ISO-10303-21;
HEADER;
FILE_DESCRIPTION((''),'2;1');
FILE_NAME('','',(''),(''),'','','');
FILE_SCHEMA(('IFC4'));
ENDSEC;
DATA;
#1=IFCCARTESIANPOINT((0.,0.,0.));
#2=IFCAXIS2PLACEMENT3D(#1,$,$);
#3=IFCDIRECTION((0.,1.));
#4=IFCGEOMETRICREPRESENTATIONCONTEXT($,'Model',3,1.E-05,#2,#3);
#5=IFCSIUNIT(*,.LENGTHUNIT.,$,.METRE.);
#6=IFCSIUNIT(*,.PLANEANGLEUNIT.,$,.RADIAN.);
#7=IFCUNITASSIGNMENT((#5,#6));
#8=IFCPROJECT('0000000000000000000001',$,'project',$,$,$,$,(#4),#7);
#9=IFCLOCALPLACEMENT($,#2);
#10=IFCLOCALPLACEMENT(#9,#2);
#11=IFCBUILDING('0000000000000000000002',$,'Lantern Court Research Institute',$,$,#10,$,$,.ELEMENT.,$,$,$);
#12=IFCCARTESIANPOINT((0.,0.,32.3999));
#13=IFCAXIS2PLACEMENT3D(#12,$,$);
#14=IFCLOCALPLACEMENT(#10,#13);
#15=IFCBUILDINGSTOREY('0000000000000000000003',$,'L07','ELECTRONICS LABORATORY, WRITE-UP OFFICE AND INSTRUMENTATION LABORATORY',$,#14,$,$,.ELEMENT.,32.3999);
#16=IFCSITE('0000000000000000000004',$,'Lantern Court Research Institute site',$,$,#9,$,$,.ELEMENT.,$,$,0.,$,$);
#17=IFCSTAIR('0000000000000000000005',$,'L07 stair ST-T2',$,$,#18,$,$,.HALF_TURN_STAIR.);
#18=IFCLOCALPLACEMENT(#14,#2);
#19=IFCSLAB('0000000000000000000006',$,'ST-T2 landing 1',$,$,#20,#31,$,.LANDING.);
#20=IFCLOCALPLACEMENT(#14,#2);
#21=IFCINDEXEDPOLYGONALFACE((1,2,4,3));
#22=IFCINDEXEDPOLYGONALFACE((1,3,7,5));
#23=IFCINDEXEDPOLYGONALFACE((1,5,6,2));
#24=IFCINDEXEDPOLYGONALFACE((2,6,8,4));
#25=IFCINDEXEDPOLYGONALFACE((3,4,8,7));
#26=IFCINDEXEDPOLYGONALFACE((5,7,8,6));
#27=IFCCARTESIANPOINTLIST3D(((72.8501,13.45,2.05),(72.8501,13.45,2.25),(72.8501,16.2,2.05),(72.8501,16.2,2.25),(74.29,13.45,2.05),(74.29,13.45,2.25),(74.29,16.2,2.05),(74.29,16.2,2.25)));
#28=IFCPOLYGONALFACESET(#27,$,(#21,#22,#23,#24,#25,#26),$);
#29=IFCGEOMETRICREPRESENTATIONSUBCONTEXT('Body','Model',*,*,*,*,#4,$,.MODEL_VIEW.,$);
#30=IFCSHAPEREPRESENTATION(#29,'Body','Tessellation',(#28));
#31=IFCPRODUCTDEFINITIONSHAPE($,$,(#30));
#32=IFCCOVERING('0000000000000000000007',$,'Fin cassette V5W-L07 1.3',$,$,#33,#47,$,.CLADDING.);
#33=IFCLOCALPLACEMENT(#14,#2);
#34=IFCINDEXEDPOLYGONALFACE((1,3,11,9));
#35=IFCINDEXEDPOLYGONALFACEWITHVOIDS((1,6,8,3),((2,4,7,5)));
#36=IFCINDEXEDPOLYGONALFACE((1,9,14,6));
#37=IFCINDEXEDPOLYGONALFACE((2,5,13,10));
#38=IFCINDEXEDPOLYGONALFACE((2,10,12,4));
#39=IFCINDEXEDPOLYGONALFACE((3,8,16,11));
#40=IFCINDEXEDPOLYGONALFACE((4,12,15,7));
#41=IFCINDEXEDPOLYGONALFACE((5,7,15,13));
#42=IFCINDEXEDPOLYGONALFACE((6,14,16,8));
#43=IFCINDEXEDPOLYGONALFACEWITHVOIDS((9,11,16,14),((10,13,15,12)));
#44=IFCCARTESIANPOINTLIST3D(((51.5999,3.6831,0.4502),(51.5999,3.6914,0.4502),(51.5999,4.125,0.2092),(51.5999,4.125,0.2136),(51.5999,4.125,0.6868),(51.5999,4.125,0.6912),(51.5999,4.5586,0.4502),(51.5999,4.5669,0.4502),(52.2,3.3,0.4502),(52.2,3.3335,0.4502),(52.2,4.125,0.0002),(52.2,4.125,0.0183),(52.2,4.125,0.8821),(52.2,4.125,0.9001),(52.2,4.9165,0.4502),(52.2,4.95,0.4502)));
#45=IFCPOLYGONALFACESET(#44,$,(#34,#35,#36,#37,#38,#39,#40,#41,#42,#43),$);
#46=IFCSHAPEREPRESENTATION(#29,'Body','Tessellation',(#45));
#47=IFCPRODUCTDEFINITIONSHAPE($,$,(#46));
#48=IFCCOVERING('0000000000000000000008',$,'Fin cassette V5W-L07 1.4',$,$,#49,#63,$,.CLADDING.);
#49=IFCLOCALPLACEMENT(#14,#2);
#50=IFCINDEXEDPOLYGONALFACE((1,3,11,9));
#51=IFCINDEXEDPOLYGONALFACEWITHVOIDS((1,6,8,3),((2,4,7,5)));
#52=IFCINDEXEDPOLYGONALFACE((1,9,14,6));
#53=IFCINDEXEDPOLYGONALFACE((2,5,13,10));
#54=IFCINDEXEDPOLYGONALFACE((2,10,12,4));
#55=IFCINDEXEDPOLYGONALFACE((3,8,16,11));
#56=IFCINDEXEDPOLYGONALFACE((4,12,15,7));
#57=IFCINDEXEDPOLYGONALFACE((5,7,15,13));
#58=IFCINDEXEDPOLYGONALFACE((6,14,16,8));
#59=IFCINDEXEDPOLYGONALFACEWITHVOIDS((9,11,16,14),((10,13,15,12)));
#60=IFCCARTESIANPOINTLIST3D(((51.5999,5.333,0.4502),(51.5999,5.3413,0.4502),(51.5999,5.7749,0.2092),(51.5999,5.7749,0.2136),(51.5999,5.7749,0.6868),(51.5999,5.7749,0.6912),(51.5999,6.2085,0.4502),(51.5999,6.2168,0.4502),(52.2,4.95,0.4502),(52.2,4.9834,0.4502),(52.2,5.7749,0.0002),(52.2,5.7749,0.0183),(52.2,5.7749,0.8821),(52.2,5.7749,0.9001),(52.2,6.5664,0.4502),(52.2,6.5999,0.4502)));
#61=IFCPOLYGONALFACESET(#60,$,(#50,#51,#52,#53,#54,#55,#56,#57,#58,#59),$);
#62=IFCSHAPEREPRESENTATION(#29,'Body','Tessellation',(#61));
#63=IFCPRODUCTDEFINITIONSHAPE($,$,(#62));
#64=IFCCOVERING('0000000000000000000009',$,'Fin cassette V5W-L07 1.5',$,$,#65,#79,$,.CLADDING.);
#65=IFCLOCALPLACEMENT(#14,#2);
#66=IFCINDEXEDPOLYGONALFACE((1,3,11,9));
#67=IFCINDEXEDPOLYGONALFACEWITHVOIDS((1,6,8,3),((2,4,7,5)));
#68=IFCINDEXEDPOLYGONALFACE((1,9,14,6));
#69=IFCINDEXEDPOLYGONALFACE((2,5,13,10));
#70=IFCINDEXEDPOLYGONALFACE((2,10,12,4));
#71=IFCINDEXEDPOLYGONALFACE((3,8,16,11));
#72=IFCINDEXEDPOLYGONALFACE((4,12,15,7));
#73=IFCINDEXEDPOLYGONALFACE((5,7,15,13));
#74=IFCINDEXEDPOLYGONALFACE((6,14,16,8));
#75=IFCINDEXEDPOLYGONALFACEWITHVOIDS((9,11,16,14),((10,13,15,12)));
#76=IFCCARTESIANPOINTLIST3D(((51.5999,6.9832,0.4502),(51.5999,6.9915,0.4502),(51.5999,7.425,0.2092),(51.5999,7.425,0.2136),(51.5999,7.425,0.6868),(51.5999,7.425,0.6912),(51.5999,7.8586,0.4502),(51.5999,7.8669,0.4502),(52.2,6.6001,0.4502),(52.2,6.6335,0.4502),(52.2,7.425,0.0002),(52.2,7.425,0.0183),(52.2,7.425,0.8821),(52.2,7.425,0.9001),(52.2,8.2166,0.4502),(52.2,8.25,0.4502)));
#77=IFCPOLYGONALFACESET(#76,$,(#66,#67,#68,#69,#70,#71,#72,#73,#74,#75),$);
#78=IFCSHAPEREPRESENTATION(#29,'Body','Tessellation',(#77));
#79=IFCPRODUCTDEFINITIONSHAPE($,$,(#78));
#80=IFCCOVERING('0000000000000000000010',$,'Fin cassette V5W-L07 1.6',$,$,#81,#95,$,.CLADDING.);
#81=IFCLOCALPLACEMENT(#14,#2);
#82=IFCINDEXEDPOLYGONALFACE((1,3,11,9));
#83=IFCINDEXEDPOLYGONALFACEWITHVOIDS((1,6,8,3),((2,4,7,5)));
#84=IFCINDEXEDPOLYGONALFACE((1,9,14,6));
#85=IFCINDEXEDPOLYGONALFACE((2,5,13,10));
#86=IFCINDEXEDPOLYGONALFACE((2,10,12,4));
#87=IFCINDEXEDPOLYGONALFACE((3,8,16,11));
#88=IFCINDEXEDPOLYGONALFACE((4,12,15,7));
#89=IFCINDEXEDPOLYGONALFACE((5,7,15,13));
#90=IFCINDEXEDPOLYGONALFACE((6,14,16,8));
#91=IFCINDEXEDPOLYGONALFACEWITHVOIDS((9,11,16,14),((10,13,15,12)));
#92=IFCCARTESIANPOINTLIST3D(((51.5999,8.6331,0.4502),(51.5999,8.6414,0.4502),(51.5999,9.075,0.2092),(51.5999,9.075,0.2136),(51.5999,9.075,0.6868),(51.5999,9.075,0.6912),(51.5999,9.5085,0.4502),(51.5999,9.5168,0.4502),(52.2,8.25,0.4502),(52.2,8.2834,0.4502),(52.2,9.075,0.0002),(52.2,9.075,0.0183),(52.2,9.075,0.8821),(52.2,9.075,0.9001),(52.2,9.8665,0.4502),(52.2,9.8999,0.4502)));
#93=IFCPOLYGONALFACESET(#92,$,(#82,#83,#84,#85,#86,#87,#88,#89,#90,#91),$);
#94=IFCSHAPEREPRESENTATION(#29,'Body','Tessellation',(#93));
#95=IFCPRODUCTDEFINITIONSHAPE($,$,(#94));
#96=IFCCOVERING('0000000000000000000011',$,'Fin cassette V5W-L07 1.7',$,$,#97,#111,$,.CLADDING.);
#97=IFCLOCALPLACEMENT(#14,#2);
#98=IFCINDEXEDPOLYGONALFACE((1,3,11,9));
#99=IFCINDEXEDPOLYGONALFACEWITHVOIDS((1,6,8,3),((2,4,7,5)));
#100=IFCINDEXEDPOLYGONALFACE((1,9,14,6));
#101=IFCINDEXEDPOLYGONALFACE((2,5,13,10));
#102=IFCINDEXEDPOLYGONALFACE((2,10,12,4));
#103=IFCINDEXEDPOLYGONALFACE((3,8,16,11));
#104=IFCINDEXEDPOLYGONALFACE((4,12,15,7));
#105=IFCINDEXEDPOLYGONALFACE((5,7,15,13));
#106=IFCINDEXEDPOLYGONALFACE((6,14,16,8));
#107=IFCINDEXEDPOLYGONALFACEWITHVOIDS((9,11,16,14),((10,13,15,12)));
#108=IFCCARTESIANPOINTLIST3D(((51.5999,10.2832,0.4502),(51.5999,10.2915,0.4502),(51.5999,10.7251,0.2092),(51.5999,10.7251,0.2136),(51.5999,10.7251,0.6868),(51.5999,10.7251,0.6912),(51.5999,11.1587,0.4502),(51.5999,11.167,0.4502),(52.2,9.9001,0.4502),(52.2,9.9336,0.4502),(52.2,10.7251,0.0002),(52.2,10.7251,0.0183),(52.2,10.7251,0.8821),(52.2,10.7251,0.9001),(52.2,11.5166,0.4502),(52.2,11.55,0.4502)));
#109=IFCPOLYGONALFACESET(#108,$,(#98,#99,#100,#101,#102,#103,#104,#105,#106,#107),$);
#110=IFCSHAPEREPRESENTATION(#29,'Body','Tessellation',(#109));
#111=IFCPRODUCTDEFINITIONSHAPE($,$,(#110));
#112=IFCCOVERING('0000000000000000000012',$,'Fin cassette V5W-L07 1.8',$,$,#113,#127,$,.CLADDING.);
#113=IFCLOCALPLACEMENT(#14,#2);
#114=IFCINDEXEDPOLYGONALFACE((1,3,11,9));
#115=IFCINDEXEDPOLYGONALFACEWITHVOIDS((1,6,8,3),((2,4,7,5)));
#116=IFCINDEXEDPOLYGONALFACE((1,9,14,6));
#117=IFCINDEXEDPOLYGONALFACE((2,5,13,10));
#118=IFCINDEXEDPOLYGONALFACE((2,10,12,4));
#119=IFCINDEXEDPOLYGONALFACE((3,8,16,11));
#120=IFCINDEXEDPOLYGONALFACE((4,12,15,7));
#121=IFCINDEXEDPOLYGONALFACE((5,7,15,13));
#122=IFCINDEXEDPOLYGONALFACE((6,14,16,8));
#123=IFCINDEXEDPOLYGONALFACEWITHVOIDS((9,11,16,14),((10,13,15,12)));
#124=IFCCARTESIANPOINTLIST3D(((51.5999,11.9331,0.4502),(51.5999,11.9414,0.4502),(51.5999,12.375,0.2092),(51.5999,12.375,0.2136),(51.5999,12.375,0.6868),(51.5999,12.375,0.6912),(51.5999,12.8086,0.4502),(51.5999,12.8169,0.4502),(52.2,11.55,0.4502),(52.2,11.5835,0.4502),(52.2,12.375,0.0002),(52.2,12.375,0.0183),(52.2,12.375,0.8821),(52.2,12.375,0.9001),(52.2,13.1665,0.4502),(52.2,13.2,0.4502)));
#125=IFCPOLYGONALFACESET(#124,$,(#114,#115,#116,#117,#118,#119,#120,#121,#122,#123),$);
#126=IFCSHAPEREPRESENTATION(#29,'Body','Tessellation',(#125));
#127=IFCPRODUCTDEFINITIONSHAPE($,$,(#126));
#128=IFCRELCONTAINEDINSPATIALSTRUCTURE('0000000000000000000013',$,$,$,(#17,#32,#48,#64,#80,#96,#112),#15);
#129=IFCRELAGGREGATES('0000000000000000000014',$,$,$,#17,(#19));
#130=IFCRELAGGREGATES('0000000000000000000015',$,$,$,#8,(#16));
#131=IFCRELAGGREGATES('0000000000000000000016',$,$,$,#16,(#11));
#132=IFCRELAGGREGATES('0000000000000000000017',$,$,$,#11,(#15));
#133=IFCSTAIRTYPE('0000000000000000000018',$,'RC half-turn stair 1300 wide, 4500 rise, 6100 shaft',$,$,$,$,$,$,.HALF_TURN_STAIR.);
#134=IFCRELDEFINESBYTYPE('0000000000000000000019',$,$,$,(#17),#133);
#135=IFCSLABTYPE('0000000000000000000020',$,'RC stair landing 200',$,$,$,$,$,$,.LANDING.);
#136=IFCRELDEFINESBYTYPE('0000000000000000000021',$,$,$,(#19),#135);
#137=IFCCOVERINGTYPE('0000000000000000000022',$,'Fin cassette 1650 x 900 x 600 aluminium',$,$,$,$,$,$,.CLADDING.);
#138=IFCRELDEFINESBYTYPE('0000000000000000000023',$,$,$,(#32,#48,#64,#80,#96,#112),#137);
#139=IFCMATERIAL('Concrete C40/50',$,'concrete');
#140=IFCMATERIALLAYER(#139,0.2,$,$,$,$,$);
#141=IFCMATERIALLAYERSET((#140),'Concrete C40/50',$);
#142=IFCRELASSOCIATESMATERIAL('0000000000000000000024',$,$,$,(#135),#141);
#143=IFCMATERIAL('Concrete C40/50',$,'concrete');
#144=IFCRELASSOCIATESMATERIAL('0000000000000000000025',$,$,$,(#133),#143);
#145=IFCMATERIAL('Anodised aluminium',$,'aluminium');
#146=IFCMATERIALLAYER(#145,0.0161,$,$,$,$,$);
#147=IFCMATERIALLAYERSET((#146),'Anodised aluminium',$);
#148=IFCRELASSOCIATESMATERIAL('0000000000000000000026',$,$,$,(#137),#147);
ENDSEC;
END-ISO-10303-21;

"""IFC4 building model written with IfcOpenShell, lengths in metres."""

from ifc_helpers import new_model, entity, si_unit, direction, frame, origin, place, context, subcontext, project, spatial, polyline, outline, extrude, material, layer, layer_set, type_object, element, aggregate, save


model = new_model("IFC4")

# Units and contexts
model_context = context("Model", 3, precision=1e-05, world=origin(), true_north=direction((0.0, 1.0)))
body_context = subcontext(model_context, "Body", "Model", "MODEL_VIEW")
ifc_project = project(units=[si_unit("LENGTHUNIT", "METRE"), si_unit("PLANEANGLEUNIT", "RADIAN")], contexts=[model_context])

# Site, building, storey
site_placement = place(None, origin())
site = spatial("IfcSite", under=ifc_project, at=site_placement, Name="Lantern Court Research Institute site", CompositionType="ELEMENT", RefElevation=0.0)
building_placement = place(site_placement, origin())
building = spatial("IfcBuilding", under=site, at=building_placement, Name="Lantern Court Research Institute", CompositionType="ELEMENT")
storey_placement = place(building_placement, frame((0.0, 0.0, 32.3999)))
storey = spatial("IfcBuildingStorey", under=building, at=storey_placement, Name="L07", Description="ELECTRONICS LABORATORY, WRITE-UP OFFICE AND INSTRUMENTATION LABORATORY", CompositionType="ELEMENT", Elevation=32.3999)

# Stair, slab
ifc_material_1 = material(Name="Concrete C40/50", Category="concrete")
ifc_layer_1 = layer(ifc_material_1, 0.2)
ifc_layer_set_1 = layer_set([ifc_layer_1], Name="Concrete C40/50")
slab_type_1 = type_object("IfcSlabType", Name="RC stair landing 200", PredefinedType="LANDING", material=ifc_layer_set_1)
ifc_material_2 = material(Name="Concrete C40/50", Category="concrete")
stair_type_1 = type_object("IfcStairType", Name="RC half-turn stair 1300 wide, 4500 rise, 6100 shaft", PredefinedType="HALF_TURN_STAIR", material=ifc_material_2)
stair_1_placement = place(storey_placement, origin())
stair_1 = element("IfcStair", 1, at=stair_1_placement, inside=storey, type_object=stair_type_1, Name="L07 stair ST-T2", PredefinedType="HALF_TURN_STAIR")
slab_1_placement = place(storey_placement, frame((0.0, 0.0, 2.05)))
slab_1 = element("IfcSlab", 2, at=slab_1_placement, type_object=slab_type_1, Name="ST-T2 landing 1", PredefinedType="LANDING", context=body_context, shape_type="SweptSolid", body=[
    extrude(outline(polyline([(74.29, 16.2), (72.8501, 16.2), (72.8501, 13.45), (74.29, 13.45), (74.29, 16.2)])), origin(), (0.0, 0.0, 1.0), 0.2),
])
aggregate(stair_1, [slab_1])

# Coverings
ifc_material_3 = material(Name="Anodised aluminium", Category="aluminium")
ifc_layer_2 = layer(ifc_material_3, 0.0161)
ifc_layer_set_2 = layer_set([ifc_layer_2], Name="Anodised aluminium")
covering_type = type_object("IfcCoveringType", Name="Fin cassette 1650 x 900 x 600 aluminium", PredefinedType="CLADDING", material=ifc_layer_set_2)
covering_1_placement = place(storey_placement, frame((52.2, 4.125, 0.4502), z_axis=(-1.0, 0.0, 0.0), x_axis=(0.0, -1.0, 0.0)))
cartesian_point_1 = entity("IfcCartesianPoint", [0.825, 0.0])
cartesian_point_2 = entity("IfcCartesianPoint", [0.7915, 0.0])
cartesian_point_3 = entity("IfcCartesianPoint", [0.4419, 0.0])
cartesian_point_4 = entity("IfcCartesianPoint", [0.4336, 0.0])
element("IfcCovering", 3, at=covering_1_placement, inside=storey, type_object=covering_type, Name="Fin cassette V5W-L07 1.3", PredefinedType="CLADDING", context=body_context, shape_type="SweptSolid", body=[
    entity("IfcExtrudedAreaSolidTapered", entity("IfcArbitraryProfileDefWithVoids", "AREA", None, entity("IfcPolyline", [cartesian_point_1, entity("IfcCartesianPoint", [0.0, 0.45]), entity("IfcCartesianPoint", [-0.825, 0.0]), entity("IfcCartesianPoint", [0.0, -0.45]), cartesian_point_1]), [entity("IfcPolyline", [cartesian_point_2, entity("IfcCartesianPoint", [0.0, 0.4319]), entity("IfcCartesianPoint", [-0.7915, 0.0]), entity("IfcCartesianPoint", [0.0, -0.4319]), cartesian_point_2])]), entity("IfcAxis2Placement3D", entity("IfcCartesianPoint", [0.0, 0.0, 0.0])), entity("IfcDirection", [0.0, 0.0, 1.0]), 0.6001, entity("IfcArbitraryProfileDefWithVoids", "AREA", None, entity("IfcPolyline", [cartesian_point_3, entity("IfcCartesianPoint", [0.0, 0.241]), entity("IfcCartesianPoint", [-0.4419, 0.0]), entity("IfcCartesianPoint", [0.0, -0.241]), cartesian_point_3]), [entity("IfcPolyline", [cartesian_point_4, entity("IfcCartesianPoint", [0.0, 0.2366]), entity("IfcCartesianPoint", [-0.4336, 0.0]), entity("IfcCartesianPoint", [0.0, -0.2366]), cartesian_point_4])])),
])
covering_2_placement = place(storey_placement, frame((52.2, 5.7749, 0.4502), z_axis=(-1.0, 0.0, 0.0), x_axis=(0.0, -1.0, 0.0)))
cartesian_point_5 = entity("IfcCartesianPoint", [0.825, 0.0])
cartesian_point_6 = entity("IfcCartesianPoint", [0.7915, 0.0])
cartesian_point_7 = entity("IfcCartesianPoint", [0.4419, 0.0])
cartesian_point_8 = entity("IfcCartesianPoint", [0.4336, 0.0])
element("IfcCovering", 4, at=covering_2_placement, inside=storey, type_object=covering_type, Name="Fin cassette V5W-L07 1.4", PredefinedType="CLADDING", context=body_context, shape_type="SweptSolid", body=[
    entity("IfcExtrudedAreaSolidTapered", entity("IfcArbitraryProfileDefWithVoids", "AREA", None, entity("IfcPolyline", [cartesian_point_5, entity("IfcCartesianPoint", [0.0, 0.45]), entity("IfcCartesianPoint", [-0.825, 0.0]), entity("IfcCartesianPoint", [0.0, -0.45]), cartesian_point_5]), [entity("IfcPolyline", [cartesian_point_6, entity("IfcCartesianPoint", [0.0, 0.4319]), entity("IfcCartesianPoint", [-0.7915, 0.0]), entity("IfcCartesianPoint", [0.0, -0.4319]), cartesian_point_6])]), entity("IfcAxis2Placement3D", entity("IfcCartesianPoint", [0.0, 0.0, 0.0])), entity("IfcDirection", [0.0, 0.0, 1.0]), 0.6001, entity("IfcArbitraryProfileDefWithVoids", "AREA", None, entity("IfcPolyline", [cartesian_point_7, entity("IfcCartesianPoint", [0.0, 0.241]), entity("IfcCartesianPoint", [-0.4419, 0.0]), entity("IfcCartesianPoint", [0.0, -0.241]), cartesian_point_7]), [entity("IfcPolyline", [cartesian_point_8, entity("IfcCartesianPoint", [0.0, 0.2366]), entity("IfcCartesianPoint", [-0.4336, 0.0]), entity("IfcCartesianPoint", [0.0, -0.2366]), cartesian_point_8])])),
])
covering_3_placement = place(storey_placement, frame((52.2, 7.425, 0.4502), z_axis=(-1.0, 0.0, 0.0), x_axis=(0.0, -1.0, 0.0)))
cartesian_point_9 = entity("IfcCartesianPoint", [0.825, 0.0])
cartesian_point_10 = entity("IfcCartesianPoint", [0.7915, 0.0])
cartesian_point_11 = entity("IfcCartesianPoint", [0.4419, 0.0])
cartesian_point_12 = entity("IfcCartesianPoint", [0.4336, 0.0])
element("IfcCovering", 5, at=covering_3_placement, inside=storey, type_object=covering_type, Name="Fin cassette V5W-L07 1.5", PredefinedType="CLADDING", context=body_context, shape_type="SweptSolid", body=[
    entity("IfcExtrudedAreaSolidTapered", entity("IfcArbitraryProfileDefWithVoids", "AREA", None, entity("IfcPolyline", [cartesian_point_9, entity("IfcCartesianPoint", [0.0, 0.45]), entity("IfcCartesianPoint", [-0.825, 0.0]), entity("IfcCartesianPoint", [0.0, -0.45]), cartesian_point_9]), [entity("IfcPolyline", [cartesian_point_10, entity("IfcCartesianPoint", [0.0, 0.4319]), entity("IfcCartesianPoint", [-0.7915, 0.0]), entity("IfcCartesianPoint", [0.0, -0.4319]), cartesian_point_10])]), entity("IfcAxis2Placement3D", entity("IfcCartesianPoint", [0.0, 0.0, 0.0])), entity("IfcDirection", [0.0, 0.0, 1.0]), 0.6001, entity("IfcArbitraryProfileDefWithVoids", "AREA", None, entity("IfcPolyline", [cartesian_point_11, entity("IfcCartesianPoint", [0.0, 0.241]), entity("IfcCartesianPoint", [-0.4419, 0.0]), entity("IfcCartesianPoint", [0.0, -0.241]), cartesian_point_11]), [entity("IfcPolyline", [cartesian_point_12, entity("IfcCartesianPoint", [0.0, 0.2366]), entity("IfcCartesianPoint", [-0.4336, 0.0]), entity("IfcCartesianPoint", [0.0, -0.2366]), cartesian_point_12])])),
])
covering_4_placement = place(storey_placement, frame((52.2, 9.075, 0.4502), z_axis=(-1.0, 0.0, 0.0), x_axis=(0.0, -1.0, 0.0)))
cartesian_point_13 = entity("IfcCartesianPoint", [0.825, 0.0])
cartesian_point_14 = entity("IfcCartesianPoint", [0.7915, 0.0])
cartesian_point_15 = entity("IfcCartesianPoint", [0.4419, 0.0])
cartesian_point_16 = entity("IfcCartesianPoint", [0.4336, 0.0])
element("IfcCovering", 6, at=covering_4_placement, inside=storey, type_object=covering_type, Name="Fin cassette V5W-L07 1.6", PredefinedType="CLADDING", context=body_context, shape_type="SweptSolid", body=[
    entity("IfcExtrudedAreaSolidTapered", entity("IfcArbitraryProfileDefWithVoids", "AREA", None, entity("IfcPolyline", [cartesian_point_13, entity("IfcCartesianPoint", [0.0, 0.45]), entity("IfcCartesianPoint", [-0.825, 0.0]), entity("IfcCartesianPoint", [0.0, -0.45]), cartesian_point_13]), [entity("IfcPolyline", [cartesian_point_14, entity("IfcCartesianPoint", [0.0, 0.4319]), entity("IfcCartesianPoint", [-0.7915, 0.0]), entity("IfcCartesianPoint", [0.0, -0.4319]), cartesian_point_14])]), entity("IfcAxis2Placement3D", entity("IfcCartesianPoint", [0.0, 0.0, 0.0])), entity("IfcDirection", [0.0, 0.0, 1.0]), 0.6001, entity("IfcArbitraryProfileDefWithVoids", "AREA", None, entity("IfcPolyline", [cartesian_point_15, entity("IfcCartesianPoint", [0.0, 0.241]), entity("IfcCartesianPoint", [-0.4419, 0.0]), entity("IfcCartesianPoint", [0.0, -0.241]), cartesian_point_15]), [entity("IfcPolyline", [cartesian_point_16, entity("IfcCartesianPoint", [0.0, 0.2366]), entity("IfcCartesianPoint", [-0.4336, 0.0]), entity("IfcCartesianPoint", [0.0, -0.2366]), cartesian_point_16])])),
])
covering_5_placement = place(storey_placement, frame((52.2, 10.7251, 0.4502), z_axis=(-1.0, 0.0, 0.0), x_axis=(0.0, -1.0, 0.0)))
cartesian_point_17 = entity("IfcCartesianPoint", [0.825, 0.0])
cartesian_point_18 = entity("IfcCartesianPoint", [0.7915, 0.0])
cartesian_point_19 = entity("IfcCartesianPoint", [0.4419, 0.0])
cartesian_point_20 = entity("IfcCartesianPoint", [0.4336, 0.0])
element("IfcCovering", 7, at=covering_5_placement, inside=storey, type_object=covering_type, Name="Fin cassette V5W-L07 1.7", PredefinedType="CLADDING", context=body_context, shape_type="SweptSolid", body=[
    entity("IfcExtrudedAreaSolidTapered", entity("IfcArbitraryProfileDefWithVoids", "AREA", None, entity("IfcPolyline", [cartesian_point_17, entity("IfcCartesianPoint", [0.0, 0.45]), entity("IfcCartesianPoint", [-0.825, 0.0]), entity("IfcCartesianPoint", [0.0, -0.45]), cartesian_point_17]), [entity("IfcPolyline", [cartesian_point_18, entity("IfcCartesianPoint", [0.0, 0.4319]), entity("IfcCartesianPoint", [-0.7915, 0.0]), entity("IfcCartesianPoint", [0.0, -0.4319]), cartesian_point_18])]), entity("IfcAxis2Placement3D", entity("IfcCartesianPoint", [0.0, 0.0, 0.0])), entity("IfcDirection", [0.0, 0.0, 1.0]), 0.6001, entity("IfcArbitraryProfileDefWithVoids", "AREA", None, entity("IfcPolyline", [cartesian_point_19, entity("IfcCartesianPoint", [0.0, 0.241]), entity("IfcCartesianPoint", [-0.4419, 0.0]), entity("IfcCartesianPoint", [0.0, -0.241]), cartesian_point_19]), [entity("IfcPolyline", [cartesian_point_20, entity("IfcCartesianPoint", [0.0, 0.2366]), entity("IfcCartesianPoint", [-0.4336, 0.0]), entity("IfcCartesianPoint", [0.0, -0.2366]), cartesian_point_20])])),
])
covering_6_placement = place(storey_placement, frame((52.2, 12.375, 0.4502), z_axis=(-1.0, 0.0, 0.0), x_axis=(0.0, -1.0, 0.0)))
cartesian_point_21 = entity("IfcCartesianPoint", [0.825, 0.0])
cartesian_point_22 = entity("IfcCartesianPoint", [0.7915, 0.0])
cartesian_point_23 = entity("IfcCartesianPoint", [0.4419, 0.0])
cartesian_point_24 = entity("IfcCartesianPoint", [0.4336, 0.0])
element("IfcCovering", 8, at=covering_6_placement, inside=storey, type_object=covering_type, Name="Fin cassette V5W-L07 1.8", PredefinedType="CLADDING", context=body_context, shape_type="SweptSolid", body=[
    entity("IfcExtrudedAreaSolidTapered", entity("IfcArbitraryProfileDefWithVoids", "AREA", None, entity("IfcPolyline", [cartesian_point_21, entity("IfcCartesianPoint", [0.0, 0.45]), entity("IfcCartesianPoint", [-0.825, 0.0]), entity("IfcCartesianPoint", [0.0, -0.45]), cartesian_point_21]), [entity("IfcPolyline", [cartesian_point_22, entity("IfcCartesianPoint", [0.0, 0.4319]), entity("IfcCartesianPoint", [-0.7915, 0.0]), entity("IfcCartesianPoint", [0.0, -0.4319]), cartesian_point_22])]), entity("IfcAxis2Placement3D", entity("IfcCartesianPoint", [0.0, 0.0, 0.0])), entity("IfcDirection", [0.0, 0.0, 1.0]), 0.6001, entity("IfcArbitraryProfileDefWithVoids", "AREA", None, entity("IfcPolyline", [cartesian_point_23, entity("IfcCartesianPoint", [0.0, 0.241]), entity("IfcCartesianPoint", [-0.4419, 0.0]), entity("IfcCartesianPoint", [0.0, -0.241]), cartesian_point_23]), [entity("IfcPolyline", [cartesian_point_24, entity("IfcCartesianPoint", [0.0, 0.2366]), entity("IfcCartesianPoint", [-0.4336, 0.0]), entity("IfcCartesianPoint", [0.0, -0.2366]), cartesian_point_24])])),
])

save(model, "model.ifc")
